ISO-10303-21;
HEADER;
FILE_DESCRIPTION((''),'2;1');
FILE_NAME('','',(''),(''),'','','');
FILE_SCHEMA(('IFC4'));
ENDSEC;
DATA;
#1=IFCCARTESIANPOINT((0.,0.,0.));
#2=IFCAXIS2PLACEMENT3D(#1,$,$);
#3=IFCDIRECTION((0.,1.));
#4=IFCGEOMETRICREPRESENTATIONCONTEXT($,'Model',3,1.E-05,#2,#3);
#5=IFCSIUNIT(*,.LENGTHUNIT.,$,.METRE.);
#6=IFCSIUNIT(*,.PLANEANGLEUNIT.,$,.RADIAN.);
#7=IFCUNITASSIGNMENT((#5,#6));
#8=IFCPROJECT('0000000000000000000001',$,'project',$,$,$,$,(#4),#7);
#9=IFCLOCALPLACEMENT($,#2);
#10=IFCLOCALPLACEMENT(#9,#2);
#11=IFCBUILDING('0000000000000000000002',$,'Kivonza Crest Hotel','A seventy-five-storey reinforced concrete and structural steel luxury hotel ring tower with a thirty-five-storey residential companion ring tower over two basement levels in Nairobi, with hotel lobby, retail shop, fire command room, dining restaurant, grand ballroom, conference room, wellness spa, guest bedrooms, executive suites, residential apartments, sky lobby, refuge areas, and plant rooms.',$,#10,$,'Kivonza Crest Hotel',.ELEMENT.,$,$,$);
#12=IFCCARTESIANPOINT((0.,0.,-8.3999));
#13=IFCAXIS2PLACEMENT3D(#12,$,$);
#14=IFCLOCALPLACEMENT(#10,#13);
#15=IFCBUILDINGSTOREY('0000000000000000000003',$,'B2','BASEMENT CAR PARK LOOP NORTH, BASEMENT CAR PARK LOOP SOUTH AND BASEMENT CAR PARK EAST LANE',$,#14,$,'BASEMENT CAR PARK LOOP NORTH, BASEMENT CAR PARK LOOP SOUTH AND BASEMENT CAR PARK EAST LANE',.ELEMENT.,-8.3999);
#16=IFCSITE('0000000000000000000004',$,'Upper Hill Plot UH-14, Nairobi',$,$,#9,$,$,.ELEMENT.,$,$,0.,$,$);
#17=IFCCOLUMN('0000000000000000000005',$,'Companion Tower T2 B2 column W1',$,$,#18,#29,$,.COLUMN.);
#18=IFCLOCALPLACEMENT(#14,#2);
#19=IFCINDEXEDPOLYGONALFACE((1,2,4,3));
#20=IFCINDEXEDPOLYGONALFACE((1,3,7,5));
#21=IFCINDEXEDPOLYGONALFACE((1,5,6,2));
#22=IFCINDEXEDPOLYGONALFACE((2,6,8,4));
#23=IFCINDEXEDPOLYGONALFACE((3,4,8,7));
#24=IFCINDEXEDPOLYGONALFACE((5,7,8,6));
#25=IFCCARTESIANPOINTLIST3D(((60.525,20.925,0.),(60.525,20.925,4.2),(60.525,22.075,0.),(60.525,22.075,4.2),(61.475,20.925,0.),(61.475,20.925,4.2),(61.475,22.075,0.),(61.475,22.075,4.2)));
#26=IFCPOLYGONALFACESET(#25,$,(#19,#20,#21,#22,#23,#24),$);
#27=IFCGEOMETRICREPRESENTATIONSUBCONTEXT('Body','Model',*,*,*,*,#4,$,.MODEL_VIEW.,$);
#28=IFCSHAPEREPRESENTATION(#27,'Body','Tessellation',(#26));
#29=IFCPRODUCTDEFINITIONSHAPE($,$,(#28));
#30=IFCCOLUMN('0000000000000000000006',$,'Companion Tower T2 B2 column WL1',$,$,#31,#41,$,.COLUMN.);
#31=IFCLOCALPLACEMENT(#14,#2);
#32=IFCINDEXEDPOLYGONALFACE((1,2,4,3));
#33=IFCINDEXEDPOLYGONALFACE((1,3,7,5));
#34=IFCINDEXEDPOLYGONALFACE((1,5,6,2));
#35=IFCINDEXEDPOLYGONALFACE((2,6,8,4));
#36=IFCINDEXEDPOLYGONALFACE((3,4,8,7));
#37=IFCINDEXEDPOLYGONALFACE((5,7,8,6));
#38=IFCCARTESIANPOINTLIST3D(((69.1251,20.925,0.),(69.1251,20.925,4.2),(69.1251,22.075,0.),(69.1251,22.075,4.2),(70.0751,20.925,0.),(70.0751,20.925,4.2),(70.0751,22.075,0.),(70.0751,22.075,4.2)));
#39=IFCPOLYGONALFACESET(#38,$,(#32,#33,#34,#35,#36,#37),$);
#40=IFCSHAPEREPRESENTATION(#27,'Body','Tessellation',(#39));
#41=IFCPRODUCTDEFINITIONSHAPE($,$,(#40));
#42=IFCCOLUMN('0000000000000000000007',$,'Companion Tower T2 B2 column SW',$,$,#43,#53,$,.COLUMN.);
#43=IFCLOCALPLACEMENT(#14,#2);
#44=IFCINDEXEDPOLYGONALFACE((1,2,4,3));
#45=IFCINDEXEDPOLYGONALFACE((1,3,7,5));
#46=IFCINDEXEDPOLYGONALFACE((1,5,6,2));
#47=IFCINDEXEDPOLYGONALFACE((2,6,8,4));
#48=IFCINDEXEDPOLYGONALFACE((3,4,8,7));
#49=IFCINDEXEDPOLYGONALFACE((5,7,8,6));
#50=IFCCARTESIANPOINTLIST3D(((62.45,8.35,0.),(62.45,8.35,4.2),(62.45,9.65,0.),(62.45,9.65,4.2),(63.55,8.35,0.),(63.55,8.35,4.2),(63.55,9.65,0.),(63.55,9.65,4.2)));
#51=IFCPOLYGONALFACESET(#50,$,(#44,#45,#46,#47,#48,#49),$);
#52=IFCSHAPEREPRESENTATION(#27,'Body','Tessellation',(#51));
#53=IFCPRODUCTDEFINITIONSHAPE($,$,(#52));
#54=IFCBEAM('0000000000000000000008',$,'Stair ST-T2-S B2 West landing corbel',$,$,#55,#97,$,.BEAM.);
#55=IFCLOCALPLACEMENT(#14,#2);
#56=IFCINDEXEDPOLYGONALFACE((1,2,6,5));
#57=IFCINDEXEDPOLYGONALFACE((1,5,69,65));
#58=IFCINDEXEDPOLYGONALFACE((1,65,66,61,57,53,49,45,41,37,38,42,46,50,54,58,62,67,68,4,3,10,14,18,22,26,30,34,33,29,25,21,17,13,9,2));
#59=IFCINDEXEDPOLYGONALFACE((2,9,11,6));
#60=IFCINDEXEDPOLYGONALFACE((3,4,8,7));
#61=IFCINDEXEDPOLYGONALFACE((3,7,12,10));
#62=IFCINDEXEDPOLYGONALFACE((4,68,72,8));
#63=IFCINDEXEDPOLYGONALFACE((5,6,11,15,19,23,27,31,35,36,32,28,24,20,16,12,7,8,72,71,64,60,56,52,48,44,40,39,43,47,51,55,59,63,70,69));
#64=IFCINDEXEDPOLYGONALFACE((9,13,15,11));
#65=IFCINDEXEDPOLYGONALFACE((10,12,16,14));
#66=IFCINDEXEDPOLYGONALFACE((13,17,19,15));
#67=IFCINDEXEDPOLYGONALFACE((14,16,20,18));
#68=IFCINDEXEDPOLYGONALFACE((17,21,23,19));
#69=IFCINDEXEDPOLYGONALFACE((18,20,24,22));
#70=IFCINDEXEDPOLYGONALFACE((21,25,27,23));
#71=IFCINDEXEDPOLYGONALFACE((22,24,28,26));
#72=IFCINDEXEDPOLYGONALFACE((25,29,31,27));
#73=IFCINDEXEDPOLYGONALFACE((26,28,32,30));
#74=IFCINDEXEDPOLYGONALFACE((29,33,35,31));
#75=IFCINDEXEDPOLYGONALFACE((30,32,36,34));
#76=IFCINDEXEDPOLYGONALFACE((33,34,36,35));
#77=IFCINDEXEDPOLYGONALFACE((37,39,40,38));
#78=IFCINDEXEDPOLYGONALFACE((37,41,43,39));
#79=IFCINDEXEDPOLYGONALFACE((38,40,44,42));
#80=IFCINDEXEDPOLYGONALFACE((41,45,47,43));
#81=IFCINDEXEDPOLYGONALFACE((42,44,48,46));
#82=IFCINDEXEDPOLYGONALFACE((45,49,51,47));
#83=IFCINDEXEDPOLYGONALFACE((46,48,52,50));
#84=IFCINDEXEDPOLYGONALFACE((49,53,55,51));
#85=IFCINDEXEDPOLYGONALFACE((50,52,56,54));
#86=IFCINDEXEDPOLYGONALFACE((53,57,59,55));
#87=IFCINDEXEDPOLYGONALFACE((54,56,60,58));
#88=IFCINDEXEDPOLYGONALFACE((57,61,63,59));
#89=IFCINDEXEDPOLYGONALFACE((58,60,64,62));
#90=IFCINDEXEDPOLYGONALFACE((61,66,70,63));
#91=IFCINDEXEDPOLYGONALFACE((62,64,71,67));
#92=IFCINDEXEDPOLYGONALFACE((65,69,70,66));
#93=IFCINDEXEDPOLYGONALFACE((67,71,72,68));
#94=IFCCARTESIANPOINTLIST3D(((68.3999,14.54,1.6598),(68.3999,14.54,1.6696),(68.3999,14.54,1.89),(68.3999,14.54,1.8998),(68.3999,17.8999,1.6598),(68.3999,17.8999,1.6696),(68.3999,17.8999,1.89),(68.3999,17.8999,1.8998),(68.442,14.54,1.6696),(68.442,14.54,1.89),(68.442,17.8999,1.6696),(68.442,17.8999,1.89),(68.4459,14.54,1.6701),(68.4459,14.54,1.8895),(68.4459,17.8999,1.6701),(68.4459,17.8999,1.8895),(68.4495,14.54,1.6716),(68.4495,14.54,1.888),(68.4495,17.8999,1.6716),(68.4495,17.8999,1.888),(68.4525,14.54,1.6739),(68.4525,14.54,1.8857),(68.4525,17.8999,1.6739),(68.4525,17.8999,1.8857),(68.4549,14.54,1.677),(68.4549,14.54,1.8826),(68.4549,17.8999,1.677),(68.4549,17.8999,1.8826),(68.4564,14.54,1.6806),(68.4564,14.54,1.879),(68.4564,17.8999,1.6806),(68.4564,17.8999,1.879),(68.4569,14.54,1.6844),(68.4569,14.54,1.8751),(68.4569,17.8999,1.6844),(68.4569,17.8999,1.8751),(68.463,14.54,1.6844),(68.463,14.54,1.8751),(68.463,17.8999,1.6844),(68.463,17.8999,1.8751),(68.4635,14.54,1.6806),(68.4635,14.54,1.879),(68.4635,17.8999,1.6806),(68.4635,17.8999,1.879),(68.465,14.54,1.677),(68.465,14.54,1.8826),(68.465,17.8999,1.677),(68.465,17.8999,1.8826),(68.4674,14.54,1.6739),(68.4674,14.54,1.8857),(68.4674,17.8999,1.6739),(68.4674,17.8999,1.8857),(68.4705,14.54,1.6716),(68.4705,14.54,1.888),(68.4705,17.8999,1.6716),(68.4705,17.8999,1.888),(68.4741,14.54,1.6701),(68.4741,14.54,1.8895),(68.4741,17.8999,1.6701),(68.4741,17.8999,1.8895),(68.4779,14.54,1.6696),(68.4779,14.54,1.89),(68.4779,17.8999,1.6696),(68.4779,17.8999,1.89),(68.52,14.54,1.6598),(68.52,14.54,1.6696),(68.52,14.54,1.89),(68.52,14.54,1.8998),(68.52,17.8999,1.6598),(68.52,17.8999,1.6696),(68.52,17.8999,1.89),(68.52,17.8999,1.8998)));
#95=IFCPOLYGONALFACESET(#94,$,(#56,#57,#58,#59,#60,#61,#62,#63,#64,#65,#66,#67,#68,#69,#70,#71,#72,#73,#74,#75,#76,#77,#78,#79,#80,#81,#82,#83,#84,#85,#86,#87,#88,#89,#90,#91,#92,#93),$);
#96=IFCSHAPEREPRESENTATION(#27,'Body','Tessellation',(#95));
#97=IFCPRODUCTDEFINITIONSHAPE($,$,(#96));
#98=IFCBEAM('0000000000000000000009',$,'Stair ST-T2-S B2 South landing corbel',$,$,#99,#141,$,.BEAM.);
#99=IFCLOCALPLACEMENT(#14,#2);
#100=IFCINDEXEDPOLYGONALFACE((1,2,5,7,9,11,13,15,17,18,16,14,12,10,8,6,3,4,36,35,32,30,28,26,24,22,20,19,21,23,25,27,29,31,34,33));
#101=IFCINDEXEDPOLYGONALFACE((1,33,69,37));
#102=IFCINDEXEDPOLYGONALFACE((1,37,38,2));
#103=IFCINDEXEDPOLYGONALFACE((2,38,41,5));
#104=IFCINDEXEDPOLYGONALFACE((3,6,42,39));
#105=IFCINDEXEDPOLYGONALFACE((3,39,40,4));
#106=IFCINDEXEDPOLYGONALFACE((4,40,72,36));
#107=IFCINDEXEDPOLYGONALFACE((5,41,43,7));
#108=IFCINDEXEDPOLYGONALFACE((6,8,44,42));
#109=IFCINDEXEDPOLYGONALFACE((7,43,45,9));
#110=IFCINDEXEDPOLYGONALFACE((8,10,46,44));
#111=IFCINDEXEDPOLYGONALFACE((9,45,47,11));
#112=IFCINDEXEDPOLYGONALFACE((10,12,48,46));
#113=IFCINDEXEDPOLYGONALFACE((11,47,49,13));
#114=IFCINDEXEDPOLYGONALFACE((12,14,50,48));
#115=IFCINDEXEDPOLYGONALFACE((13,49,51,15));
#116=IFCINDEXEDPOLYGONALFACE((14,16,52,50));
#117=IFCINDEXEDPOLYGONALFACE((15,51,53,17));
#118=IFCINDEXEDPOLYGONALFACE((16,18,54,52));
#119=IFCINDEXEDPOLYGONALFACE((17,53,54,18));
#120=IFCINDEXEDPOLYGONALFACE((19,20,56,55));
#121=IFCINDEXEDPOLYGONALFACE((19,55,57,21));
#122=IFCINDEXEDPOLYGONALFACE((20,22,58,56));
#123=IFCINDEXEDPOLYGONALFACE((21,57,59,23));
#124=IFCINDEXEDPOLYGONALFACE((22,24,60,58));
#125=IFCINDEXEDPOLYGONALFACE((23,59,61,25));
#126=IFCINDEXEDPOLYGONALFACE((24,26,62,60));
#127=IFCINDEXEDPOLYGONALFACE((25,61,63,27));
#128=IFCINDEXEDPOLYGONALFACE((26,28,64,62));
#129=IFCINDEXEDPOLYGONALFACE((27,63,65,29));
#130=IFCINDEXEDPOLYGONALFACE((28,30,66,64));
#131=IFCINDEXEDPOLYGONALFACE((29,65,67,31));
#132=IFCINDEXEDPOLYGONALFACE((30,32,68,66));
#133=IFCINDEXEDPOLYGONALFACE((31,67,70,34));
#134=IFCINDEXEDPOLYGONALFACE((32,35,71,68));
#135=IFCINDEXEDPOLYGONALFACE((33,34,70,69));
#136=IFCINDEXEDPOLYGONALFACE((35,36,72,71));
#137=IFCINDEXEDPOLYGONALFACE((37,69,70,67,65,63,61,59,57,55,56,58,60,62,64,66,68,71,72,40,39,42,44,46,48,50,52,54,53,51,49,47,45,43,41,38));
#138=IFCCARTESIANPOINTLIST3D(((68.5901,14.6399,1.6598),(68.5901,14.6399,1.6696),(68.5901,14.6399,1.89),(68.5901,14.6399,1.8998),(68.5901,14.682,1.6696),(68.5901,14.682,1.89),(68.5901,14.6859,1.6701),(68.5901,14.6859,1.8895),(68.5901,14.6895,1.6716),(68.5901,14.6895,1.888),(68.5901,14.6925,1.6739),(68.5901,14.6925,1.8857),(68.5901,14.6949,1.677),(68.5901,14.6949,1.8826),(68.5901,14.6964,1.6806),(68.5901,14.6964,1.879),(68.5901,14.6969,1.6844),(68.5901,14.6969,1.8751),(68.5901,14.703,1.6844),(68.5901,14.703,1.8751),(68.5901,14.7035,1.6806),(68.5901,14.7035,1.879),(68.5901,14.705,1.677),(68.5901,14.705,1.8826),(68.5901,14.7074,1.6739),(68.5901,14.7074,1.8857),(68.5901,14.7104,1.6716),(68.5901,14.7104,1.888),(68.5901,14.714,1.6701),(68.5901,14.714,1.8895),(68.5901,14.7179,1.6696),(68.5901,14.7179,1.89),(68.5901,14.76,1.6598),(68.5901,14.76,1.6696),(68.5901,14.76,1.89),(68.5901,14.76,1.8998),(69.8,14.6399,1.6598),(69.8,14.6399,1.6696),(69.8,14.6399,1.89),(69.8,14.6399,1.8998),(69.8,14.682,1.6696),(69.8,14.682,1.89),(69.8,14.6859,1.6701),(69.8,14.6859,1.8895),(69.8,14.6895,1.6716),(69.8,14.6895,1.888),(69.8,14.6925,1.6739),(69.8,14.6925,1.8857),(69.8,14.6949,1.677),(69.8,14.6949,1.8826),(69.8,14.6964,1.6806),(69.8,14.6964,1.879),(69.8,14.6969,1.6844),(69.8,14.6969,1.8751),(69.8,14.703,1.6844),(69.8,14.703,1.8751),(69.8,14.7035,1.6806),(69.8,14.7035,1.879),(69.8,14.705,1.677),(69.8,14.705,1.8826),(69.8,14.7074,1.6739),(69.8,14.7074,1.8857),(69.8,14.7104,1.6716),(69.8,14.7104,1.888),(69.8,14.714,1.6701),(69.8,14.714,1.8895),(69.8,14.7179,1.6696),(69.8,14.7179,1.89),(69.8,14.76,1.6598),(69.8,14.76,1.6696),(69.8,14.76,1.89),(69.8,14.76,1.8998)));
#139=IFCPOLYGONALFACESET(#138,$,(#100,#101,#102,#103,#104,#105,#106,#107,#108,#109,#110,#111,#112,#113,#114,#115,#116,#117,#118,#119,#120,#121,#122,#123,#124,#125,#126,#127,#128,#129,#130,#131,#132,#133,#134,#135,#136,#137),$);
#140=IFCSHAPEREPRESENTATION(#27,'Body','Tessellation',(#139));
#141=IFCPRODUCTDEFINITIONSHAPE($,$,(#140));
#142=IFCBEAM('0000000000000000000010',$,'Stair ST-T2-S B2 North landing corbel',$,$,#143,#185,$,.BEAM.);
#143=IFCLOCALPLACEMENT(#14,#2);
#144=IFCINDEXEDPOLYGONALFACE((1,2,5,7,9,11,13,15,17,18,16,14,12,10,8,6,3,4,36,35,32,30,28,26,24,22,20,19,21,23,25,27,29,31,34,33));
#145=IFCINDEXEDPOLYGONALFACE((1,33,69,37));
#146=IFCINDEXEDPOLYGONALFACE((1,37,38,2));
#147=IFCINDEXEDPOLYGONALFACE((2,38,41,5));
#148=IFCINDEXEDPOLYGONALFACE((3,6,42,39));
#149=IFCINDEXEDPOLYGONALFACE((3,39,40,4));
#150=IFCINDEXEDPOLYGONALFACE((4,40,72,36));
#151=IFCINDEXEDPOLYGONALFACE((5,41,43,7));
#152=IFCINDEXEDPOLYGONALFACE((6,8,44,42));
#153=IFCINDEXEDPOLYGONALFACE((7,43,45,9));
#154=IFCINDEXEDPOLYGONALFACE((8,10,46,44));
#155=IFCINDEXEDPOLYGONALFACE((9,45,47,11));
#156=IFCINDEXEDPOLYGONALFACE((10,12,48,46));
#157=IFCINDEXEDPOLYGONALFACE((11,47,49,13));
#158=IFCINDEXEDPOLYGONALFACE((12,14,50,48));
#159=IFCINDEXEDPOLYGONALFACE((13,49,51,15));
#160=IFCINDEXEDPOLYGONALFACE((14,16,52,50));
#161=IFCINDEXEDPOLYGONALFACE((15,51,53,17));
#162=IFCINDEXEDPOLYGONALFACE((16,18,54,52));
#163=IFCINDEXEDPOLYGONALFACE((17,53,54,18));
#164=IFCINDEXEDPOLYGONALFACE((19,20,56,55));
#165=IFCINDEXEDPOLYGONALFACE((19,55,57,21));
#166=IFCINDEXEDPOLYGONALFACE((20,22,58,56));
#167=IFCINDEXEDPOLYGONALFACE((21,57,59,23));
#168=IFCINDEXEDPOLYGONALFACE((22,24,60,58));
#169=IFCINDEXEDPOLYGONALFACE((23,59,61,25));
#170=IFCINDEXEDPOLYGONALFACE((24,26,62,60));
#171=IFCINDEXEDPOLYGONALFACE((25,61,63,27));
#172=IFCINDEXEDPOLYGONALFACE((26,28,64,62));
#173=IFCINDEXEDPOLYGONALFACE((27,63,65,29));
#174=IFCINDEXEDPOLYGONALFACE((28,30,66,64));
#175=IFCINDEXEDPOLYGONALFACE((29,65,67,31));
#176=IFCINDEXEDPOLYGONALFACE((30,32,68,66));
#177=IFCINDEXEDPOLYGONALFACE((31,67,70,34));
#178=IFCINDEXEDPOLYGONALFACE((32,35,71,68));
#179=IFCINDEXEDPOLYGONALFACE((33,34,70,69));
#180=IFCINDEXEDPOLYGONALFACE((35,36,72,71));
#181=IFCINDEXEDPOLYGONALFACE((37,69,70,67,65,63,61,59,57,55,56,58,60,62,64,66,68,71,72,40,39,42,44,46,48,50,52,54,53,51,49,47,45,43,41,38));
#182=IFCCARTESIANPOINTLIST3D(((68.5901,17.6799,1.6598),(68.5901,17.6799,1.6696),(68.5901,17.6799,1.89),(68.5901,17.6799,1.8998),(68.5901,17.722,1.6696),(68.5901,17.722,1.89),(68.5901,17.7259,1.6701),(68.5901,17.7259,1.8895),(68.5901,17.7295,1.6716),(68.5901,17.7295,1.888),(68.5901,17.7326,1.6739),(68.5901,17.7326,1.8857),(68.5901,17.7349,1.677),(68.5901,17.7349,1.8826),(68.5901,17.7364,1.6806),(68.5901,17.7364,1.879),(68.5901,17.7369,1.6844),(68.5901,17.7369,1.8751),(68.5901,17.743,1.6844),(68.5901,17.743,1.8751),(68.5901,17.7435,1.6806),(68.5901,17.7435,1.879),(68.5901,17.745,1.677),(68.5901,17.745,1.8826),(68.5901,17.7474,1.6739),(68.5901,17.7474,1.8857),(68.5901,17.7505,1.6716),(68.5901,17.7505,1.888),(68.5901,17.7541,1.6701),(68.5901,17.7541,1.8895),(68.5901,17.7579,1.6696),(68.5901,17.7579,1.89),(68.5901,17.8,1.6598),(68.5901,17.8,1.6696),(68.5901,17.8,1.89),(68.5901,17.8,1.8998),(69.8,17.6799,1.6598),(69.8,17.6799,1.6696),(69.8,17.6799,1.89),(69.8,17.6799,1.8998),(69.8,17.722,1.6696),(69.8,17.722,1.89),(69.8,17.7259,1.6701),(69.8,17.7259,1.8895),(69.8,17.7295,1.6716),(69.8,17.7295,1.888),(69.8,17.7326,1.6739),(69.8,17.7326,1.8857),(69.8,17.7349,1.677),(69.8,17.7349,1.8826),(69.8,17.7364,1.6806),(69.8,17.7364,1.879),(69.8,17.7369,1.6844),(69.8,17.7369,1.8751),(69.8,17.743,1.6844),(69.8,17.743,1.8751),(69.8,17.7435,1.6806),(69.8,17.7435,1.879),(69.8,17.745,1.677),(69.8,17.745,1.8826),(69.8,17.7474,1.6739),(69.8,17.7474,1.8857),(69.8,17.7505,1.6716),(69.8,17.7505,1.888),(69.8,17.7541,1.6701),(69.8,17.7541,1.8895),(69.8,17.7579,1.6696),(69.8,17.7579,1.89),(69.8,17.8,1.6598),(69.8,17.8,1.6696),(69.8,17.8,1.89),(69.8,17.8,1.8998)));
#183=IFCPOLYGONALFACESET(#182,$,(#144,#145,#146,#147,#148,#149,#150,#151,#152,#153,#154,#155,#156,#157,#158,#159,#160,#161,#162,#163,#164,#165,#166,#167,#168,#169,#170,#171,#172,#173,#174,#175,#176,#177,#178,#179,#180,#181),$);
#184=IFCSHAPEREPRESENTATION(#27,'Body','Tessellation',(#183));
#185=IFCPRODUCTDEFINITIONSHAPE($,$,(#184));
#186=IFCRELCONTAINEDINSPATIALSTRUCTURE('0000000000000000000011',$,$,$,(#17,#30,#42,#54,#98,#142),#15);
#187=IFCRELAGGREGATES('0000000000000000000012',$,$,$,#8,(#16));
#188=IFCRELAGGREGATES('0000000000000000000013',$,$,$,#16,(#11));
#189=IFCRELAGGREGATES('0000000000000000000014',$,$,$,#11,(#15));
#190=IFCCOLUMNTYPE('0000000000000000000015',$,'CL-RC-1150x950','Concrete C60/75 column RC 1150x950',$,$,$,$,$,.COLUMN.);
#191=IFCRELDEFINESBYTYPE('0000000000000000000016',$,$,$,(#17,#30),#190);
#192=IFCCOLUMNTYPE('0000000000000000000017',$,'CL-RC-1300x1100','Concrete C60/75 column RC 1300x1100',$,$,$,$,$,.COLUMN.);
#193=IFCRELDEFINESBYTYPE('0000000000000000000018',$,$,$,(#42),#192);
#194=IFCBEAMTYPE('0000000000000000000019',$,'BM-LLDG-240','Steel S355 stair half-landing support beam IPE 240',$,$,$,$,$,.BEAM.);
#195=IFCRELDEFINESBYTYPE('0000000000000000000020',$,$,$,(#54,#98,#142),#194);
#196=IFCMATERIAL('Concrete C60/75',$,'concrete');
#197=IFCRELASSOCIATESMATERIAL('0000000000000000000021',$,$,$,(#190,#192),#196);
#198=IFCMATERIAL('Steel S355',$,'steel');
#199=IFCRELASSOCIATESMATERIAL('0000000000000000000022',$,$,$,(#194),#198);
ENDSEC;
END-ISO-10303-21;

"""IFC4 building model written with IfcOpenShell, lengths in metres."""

from ifc_helpers import new_model, si_unit, direction, frame, origin, origin_2d, place, context, subcontext, project, spatial, rectangle, i_section, extrude, material, material_profile, profile_set, type_object, element, save


model = new_model("IFC4")

# Units and contexts
model_context = context("Model", 3, precision=1e-05, world=origin(), true_north=direction((0.0, 1.0)))
body_context = subcontext(model_context, "Body", "Model", "MODEL_VIEW")
ifc_project = project(units=[si_unit("LENGTHUNIT", "METRE"), si_unit("PLANEANGLEUNIT", "RADIAN")], contexts=[model_context])

# Site, building, storey
site_placement = place(None, origin())
site = spatial("IfcSite", under=ifc_project, at=site_placement, Name="Upper Hill Plot UH-14, Nairobi", CompositionType="ELEMENT", RefElevation=0.0)
building_placement = place(site_placement, origin())
building = spatial("IfcBuilding", under=site, at=building_placement, Name="Kivonza Crest Hotel", Description="A seventy-five-storey reinforced concrete and structural steel luxury hotel ring tower with a thirty-five-storey residential companion ring tower over two basement levels in Nairobi, with hotel lobby, retail shop, fire command room, dining restaurant, grand ballroom, conference room, wellness spa, guest bedrooms, executive suites, residential apartments, sky lobby, refuge areas, and plant rooms.", LongName="Kivonza Crest Hotel", CompositionType="ELEMENT")
storey_placement = place(building_placement, frame((0.0, 0.0, -8.3999)))
storey = spatial("IfcBuildingStorey", under=building, at=storey_placement, Name="B2", Description="BASEMENT CAR PARK LOOP NORTH, BASEMENT CAR PARK LOOP SOUTH AND BASEMENT CAR PARK EAST LANE", LongName="BASEMENT CAR PARK LOOP NORTH, BASEMENT CAR PARK LOOP SOUTH AND BASEMENT CAR PARK EAST LANE", CompositionType="ELEMENT", Elevation=-8.3999)

# Columns
ifc_material_1 = material(Name="Concrete C60/75", Category="concrete")
ifc_material_profile_1 = material_profile(ifc_material_1, rectangle(XDim=0.95, YDim=1.1499, at=origin_2d()), Name="RC 1150x950")
ifc_profile_set_1 = profile_set([ifc_material_profile_1], Name="Concrete C60/75")
column_type_1 = type_object("IfcColumnType", Name="CL-RC-1150x950", Description="Concrete C60/75 column RC 1150x950", PredefinedType="COLUMN", material=ifc_profile_set_1)
for number, where, z_axis, x_axis, name in (
    (1, (61.0, 21.5, 0.0), (0.0, 0.0, 1.0), (1.0, 0.0, 0.0), "Companion Tower T2 B2 column W1"),
    (2, (69.6001, 21.5, 0.0), (0.0, 0.0, 1.0), (1.0, 0.0, 0.0), "Companion Tower T2 B2 column WL1"),
):
    element("IfcColumn", number, at=place(storey_placement, frame(where, z_axis=z_axis, x_axis=x_axis)), inside=storey, type_object=column_type_1, Name=name, PredefinedType="COLUMN", context=body_context, shape_type="SweptSolid", body=[
        extrude(rectangle(XDim=0.95, YDim=1.1499, at=origin_2d()), origin(), (0.0, 0.0, 1.0), 4.2),
    ])
ifc_material_profile_2 = material_profile(ifc_material_1, rectangle(XDim=1.1001, YDim=1.3, at=origin_2d()), Name="RC 1300x1100")
ifc_profile_set_2 = profile_set([ifc_material_profile_2], Name="Concrete C60/75")
column_type_2 = type_object("IfcColumnType", Name="CL-RC-1300x1100", Description="Concrete C60/75 column RC 1300x1100", PredefinedType="COLUMN", material=ifc_profile_set_2)
column_placement = place(storey_placement, frame((63.0, 9.0, 0.0), z_axis=(0.0, 0.0, 1.0), x_axis=(1.0, 0.0, 0.0)))
element("IfcColumn", 3, at=column_placement, inside=storey, type_object=column_type_2, Name="Companion Tower T2 B2 column SW", PredefinedType="COLUMN", context=body_context, shape_type="SweptSolid", body=[
    extrude(rectangle(XDim=1.1001, YDim=1.3, at=origin_2d()), origin(), (0.0, 0.0, 1.0), 4.2),
])

# Beams
ifc_material_2 = material(Name="Steel S355", Category="steel")
ifc_material_profile_3 = material_profile(ifc_material_2, i_section(OverallWidth=0.1201, OverallDepth=0.24, WebThickness=0.0061, FlangeThickness=0.0098, FilletRadius=0.0149, at=origin_2d()), Name="IPE 240")
ifc_profile_set_3 = profile_set([ifc_material_profile_3], Name="Steel S355")
beam_type = type_object("IfcBeamType", Name="BM-LLDG-240", Description="Steel S355 stair half-landing support beam IPE 240", PredefinedType="BEAM", material=ifc_profile_set_3)
beam_placement = place(storey_placement, frame((68.46, 14.54, 1.7798), z_axis=(0.0, 1.0, 0.0), x_axis=(-1.0, 0.0, 0.0)))
element("IfcBeam", 4, at=beam_placement, inside=storey, type_object=beam_type, Name="Stair ST-T2-S B2 West landing corbel", PredefinedType="BEAM", context=body_context, shape_type="SweptSolid", body=[
    extrude(i_section(OverallWidth=0.1201, OverallDepth=0.24, WebThickness=0.0061, FlangeThickness=0.0098, FilletRadius=0.0149, at=origin_2d()), origin(), (0.0, 0.0, 1.0), 3.3599),
])
for number, where, z_axis, x_axis, name in (
    (5, (68.5901, 14.7, 1.7798), (1.0, 0.0, 0.0), (0.0, 1.0, 0.0), "Stair ST-T2-S B2 South landing corbel"),
    (6, (68.5901, 17.74, 1.7798), (1.0, 0.0, 0.0), (0.0, 1.0, 0.0), "Stair ST-T2-S B2 North landing corbel"),
):
    element("IfcBeam", number, at=place(storey_placement, frame(where, z_axis=z_axis, x_axis=x_axis)), inside=storey, type_object=beam_type, Name=name, PredefinedType="BEAM", context=body_context, shape_type="SweptSolid", body=[
        extrude(i_section(OverallWidth=0.1201, OverallDepth=0.24, WebThickness=0.0061, FlangeThickness=0.0098, FilletRadius=0.0149, at=origin_2d()), origin(), (0.0, 0.0, 1.0), 1.21),
    ])

save(model, "model.ifc")
